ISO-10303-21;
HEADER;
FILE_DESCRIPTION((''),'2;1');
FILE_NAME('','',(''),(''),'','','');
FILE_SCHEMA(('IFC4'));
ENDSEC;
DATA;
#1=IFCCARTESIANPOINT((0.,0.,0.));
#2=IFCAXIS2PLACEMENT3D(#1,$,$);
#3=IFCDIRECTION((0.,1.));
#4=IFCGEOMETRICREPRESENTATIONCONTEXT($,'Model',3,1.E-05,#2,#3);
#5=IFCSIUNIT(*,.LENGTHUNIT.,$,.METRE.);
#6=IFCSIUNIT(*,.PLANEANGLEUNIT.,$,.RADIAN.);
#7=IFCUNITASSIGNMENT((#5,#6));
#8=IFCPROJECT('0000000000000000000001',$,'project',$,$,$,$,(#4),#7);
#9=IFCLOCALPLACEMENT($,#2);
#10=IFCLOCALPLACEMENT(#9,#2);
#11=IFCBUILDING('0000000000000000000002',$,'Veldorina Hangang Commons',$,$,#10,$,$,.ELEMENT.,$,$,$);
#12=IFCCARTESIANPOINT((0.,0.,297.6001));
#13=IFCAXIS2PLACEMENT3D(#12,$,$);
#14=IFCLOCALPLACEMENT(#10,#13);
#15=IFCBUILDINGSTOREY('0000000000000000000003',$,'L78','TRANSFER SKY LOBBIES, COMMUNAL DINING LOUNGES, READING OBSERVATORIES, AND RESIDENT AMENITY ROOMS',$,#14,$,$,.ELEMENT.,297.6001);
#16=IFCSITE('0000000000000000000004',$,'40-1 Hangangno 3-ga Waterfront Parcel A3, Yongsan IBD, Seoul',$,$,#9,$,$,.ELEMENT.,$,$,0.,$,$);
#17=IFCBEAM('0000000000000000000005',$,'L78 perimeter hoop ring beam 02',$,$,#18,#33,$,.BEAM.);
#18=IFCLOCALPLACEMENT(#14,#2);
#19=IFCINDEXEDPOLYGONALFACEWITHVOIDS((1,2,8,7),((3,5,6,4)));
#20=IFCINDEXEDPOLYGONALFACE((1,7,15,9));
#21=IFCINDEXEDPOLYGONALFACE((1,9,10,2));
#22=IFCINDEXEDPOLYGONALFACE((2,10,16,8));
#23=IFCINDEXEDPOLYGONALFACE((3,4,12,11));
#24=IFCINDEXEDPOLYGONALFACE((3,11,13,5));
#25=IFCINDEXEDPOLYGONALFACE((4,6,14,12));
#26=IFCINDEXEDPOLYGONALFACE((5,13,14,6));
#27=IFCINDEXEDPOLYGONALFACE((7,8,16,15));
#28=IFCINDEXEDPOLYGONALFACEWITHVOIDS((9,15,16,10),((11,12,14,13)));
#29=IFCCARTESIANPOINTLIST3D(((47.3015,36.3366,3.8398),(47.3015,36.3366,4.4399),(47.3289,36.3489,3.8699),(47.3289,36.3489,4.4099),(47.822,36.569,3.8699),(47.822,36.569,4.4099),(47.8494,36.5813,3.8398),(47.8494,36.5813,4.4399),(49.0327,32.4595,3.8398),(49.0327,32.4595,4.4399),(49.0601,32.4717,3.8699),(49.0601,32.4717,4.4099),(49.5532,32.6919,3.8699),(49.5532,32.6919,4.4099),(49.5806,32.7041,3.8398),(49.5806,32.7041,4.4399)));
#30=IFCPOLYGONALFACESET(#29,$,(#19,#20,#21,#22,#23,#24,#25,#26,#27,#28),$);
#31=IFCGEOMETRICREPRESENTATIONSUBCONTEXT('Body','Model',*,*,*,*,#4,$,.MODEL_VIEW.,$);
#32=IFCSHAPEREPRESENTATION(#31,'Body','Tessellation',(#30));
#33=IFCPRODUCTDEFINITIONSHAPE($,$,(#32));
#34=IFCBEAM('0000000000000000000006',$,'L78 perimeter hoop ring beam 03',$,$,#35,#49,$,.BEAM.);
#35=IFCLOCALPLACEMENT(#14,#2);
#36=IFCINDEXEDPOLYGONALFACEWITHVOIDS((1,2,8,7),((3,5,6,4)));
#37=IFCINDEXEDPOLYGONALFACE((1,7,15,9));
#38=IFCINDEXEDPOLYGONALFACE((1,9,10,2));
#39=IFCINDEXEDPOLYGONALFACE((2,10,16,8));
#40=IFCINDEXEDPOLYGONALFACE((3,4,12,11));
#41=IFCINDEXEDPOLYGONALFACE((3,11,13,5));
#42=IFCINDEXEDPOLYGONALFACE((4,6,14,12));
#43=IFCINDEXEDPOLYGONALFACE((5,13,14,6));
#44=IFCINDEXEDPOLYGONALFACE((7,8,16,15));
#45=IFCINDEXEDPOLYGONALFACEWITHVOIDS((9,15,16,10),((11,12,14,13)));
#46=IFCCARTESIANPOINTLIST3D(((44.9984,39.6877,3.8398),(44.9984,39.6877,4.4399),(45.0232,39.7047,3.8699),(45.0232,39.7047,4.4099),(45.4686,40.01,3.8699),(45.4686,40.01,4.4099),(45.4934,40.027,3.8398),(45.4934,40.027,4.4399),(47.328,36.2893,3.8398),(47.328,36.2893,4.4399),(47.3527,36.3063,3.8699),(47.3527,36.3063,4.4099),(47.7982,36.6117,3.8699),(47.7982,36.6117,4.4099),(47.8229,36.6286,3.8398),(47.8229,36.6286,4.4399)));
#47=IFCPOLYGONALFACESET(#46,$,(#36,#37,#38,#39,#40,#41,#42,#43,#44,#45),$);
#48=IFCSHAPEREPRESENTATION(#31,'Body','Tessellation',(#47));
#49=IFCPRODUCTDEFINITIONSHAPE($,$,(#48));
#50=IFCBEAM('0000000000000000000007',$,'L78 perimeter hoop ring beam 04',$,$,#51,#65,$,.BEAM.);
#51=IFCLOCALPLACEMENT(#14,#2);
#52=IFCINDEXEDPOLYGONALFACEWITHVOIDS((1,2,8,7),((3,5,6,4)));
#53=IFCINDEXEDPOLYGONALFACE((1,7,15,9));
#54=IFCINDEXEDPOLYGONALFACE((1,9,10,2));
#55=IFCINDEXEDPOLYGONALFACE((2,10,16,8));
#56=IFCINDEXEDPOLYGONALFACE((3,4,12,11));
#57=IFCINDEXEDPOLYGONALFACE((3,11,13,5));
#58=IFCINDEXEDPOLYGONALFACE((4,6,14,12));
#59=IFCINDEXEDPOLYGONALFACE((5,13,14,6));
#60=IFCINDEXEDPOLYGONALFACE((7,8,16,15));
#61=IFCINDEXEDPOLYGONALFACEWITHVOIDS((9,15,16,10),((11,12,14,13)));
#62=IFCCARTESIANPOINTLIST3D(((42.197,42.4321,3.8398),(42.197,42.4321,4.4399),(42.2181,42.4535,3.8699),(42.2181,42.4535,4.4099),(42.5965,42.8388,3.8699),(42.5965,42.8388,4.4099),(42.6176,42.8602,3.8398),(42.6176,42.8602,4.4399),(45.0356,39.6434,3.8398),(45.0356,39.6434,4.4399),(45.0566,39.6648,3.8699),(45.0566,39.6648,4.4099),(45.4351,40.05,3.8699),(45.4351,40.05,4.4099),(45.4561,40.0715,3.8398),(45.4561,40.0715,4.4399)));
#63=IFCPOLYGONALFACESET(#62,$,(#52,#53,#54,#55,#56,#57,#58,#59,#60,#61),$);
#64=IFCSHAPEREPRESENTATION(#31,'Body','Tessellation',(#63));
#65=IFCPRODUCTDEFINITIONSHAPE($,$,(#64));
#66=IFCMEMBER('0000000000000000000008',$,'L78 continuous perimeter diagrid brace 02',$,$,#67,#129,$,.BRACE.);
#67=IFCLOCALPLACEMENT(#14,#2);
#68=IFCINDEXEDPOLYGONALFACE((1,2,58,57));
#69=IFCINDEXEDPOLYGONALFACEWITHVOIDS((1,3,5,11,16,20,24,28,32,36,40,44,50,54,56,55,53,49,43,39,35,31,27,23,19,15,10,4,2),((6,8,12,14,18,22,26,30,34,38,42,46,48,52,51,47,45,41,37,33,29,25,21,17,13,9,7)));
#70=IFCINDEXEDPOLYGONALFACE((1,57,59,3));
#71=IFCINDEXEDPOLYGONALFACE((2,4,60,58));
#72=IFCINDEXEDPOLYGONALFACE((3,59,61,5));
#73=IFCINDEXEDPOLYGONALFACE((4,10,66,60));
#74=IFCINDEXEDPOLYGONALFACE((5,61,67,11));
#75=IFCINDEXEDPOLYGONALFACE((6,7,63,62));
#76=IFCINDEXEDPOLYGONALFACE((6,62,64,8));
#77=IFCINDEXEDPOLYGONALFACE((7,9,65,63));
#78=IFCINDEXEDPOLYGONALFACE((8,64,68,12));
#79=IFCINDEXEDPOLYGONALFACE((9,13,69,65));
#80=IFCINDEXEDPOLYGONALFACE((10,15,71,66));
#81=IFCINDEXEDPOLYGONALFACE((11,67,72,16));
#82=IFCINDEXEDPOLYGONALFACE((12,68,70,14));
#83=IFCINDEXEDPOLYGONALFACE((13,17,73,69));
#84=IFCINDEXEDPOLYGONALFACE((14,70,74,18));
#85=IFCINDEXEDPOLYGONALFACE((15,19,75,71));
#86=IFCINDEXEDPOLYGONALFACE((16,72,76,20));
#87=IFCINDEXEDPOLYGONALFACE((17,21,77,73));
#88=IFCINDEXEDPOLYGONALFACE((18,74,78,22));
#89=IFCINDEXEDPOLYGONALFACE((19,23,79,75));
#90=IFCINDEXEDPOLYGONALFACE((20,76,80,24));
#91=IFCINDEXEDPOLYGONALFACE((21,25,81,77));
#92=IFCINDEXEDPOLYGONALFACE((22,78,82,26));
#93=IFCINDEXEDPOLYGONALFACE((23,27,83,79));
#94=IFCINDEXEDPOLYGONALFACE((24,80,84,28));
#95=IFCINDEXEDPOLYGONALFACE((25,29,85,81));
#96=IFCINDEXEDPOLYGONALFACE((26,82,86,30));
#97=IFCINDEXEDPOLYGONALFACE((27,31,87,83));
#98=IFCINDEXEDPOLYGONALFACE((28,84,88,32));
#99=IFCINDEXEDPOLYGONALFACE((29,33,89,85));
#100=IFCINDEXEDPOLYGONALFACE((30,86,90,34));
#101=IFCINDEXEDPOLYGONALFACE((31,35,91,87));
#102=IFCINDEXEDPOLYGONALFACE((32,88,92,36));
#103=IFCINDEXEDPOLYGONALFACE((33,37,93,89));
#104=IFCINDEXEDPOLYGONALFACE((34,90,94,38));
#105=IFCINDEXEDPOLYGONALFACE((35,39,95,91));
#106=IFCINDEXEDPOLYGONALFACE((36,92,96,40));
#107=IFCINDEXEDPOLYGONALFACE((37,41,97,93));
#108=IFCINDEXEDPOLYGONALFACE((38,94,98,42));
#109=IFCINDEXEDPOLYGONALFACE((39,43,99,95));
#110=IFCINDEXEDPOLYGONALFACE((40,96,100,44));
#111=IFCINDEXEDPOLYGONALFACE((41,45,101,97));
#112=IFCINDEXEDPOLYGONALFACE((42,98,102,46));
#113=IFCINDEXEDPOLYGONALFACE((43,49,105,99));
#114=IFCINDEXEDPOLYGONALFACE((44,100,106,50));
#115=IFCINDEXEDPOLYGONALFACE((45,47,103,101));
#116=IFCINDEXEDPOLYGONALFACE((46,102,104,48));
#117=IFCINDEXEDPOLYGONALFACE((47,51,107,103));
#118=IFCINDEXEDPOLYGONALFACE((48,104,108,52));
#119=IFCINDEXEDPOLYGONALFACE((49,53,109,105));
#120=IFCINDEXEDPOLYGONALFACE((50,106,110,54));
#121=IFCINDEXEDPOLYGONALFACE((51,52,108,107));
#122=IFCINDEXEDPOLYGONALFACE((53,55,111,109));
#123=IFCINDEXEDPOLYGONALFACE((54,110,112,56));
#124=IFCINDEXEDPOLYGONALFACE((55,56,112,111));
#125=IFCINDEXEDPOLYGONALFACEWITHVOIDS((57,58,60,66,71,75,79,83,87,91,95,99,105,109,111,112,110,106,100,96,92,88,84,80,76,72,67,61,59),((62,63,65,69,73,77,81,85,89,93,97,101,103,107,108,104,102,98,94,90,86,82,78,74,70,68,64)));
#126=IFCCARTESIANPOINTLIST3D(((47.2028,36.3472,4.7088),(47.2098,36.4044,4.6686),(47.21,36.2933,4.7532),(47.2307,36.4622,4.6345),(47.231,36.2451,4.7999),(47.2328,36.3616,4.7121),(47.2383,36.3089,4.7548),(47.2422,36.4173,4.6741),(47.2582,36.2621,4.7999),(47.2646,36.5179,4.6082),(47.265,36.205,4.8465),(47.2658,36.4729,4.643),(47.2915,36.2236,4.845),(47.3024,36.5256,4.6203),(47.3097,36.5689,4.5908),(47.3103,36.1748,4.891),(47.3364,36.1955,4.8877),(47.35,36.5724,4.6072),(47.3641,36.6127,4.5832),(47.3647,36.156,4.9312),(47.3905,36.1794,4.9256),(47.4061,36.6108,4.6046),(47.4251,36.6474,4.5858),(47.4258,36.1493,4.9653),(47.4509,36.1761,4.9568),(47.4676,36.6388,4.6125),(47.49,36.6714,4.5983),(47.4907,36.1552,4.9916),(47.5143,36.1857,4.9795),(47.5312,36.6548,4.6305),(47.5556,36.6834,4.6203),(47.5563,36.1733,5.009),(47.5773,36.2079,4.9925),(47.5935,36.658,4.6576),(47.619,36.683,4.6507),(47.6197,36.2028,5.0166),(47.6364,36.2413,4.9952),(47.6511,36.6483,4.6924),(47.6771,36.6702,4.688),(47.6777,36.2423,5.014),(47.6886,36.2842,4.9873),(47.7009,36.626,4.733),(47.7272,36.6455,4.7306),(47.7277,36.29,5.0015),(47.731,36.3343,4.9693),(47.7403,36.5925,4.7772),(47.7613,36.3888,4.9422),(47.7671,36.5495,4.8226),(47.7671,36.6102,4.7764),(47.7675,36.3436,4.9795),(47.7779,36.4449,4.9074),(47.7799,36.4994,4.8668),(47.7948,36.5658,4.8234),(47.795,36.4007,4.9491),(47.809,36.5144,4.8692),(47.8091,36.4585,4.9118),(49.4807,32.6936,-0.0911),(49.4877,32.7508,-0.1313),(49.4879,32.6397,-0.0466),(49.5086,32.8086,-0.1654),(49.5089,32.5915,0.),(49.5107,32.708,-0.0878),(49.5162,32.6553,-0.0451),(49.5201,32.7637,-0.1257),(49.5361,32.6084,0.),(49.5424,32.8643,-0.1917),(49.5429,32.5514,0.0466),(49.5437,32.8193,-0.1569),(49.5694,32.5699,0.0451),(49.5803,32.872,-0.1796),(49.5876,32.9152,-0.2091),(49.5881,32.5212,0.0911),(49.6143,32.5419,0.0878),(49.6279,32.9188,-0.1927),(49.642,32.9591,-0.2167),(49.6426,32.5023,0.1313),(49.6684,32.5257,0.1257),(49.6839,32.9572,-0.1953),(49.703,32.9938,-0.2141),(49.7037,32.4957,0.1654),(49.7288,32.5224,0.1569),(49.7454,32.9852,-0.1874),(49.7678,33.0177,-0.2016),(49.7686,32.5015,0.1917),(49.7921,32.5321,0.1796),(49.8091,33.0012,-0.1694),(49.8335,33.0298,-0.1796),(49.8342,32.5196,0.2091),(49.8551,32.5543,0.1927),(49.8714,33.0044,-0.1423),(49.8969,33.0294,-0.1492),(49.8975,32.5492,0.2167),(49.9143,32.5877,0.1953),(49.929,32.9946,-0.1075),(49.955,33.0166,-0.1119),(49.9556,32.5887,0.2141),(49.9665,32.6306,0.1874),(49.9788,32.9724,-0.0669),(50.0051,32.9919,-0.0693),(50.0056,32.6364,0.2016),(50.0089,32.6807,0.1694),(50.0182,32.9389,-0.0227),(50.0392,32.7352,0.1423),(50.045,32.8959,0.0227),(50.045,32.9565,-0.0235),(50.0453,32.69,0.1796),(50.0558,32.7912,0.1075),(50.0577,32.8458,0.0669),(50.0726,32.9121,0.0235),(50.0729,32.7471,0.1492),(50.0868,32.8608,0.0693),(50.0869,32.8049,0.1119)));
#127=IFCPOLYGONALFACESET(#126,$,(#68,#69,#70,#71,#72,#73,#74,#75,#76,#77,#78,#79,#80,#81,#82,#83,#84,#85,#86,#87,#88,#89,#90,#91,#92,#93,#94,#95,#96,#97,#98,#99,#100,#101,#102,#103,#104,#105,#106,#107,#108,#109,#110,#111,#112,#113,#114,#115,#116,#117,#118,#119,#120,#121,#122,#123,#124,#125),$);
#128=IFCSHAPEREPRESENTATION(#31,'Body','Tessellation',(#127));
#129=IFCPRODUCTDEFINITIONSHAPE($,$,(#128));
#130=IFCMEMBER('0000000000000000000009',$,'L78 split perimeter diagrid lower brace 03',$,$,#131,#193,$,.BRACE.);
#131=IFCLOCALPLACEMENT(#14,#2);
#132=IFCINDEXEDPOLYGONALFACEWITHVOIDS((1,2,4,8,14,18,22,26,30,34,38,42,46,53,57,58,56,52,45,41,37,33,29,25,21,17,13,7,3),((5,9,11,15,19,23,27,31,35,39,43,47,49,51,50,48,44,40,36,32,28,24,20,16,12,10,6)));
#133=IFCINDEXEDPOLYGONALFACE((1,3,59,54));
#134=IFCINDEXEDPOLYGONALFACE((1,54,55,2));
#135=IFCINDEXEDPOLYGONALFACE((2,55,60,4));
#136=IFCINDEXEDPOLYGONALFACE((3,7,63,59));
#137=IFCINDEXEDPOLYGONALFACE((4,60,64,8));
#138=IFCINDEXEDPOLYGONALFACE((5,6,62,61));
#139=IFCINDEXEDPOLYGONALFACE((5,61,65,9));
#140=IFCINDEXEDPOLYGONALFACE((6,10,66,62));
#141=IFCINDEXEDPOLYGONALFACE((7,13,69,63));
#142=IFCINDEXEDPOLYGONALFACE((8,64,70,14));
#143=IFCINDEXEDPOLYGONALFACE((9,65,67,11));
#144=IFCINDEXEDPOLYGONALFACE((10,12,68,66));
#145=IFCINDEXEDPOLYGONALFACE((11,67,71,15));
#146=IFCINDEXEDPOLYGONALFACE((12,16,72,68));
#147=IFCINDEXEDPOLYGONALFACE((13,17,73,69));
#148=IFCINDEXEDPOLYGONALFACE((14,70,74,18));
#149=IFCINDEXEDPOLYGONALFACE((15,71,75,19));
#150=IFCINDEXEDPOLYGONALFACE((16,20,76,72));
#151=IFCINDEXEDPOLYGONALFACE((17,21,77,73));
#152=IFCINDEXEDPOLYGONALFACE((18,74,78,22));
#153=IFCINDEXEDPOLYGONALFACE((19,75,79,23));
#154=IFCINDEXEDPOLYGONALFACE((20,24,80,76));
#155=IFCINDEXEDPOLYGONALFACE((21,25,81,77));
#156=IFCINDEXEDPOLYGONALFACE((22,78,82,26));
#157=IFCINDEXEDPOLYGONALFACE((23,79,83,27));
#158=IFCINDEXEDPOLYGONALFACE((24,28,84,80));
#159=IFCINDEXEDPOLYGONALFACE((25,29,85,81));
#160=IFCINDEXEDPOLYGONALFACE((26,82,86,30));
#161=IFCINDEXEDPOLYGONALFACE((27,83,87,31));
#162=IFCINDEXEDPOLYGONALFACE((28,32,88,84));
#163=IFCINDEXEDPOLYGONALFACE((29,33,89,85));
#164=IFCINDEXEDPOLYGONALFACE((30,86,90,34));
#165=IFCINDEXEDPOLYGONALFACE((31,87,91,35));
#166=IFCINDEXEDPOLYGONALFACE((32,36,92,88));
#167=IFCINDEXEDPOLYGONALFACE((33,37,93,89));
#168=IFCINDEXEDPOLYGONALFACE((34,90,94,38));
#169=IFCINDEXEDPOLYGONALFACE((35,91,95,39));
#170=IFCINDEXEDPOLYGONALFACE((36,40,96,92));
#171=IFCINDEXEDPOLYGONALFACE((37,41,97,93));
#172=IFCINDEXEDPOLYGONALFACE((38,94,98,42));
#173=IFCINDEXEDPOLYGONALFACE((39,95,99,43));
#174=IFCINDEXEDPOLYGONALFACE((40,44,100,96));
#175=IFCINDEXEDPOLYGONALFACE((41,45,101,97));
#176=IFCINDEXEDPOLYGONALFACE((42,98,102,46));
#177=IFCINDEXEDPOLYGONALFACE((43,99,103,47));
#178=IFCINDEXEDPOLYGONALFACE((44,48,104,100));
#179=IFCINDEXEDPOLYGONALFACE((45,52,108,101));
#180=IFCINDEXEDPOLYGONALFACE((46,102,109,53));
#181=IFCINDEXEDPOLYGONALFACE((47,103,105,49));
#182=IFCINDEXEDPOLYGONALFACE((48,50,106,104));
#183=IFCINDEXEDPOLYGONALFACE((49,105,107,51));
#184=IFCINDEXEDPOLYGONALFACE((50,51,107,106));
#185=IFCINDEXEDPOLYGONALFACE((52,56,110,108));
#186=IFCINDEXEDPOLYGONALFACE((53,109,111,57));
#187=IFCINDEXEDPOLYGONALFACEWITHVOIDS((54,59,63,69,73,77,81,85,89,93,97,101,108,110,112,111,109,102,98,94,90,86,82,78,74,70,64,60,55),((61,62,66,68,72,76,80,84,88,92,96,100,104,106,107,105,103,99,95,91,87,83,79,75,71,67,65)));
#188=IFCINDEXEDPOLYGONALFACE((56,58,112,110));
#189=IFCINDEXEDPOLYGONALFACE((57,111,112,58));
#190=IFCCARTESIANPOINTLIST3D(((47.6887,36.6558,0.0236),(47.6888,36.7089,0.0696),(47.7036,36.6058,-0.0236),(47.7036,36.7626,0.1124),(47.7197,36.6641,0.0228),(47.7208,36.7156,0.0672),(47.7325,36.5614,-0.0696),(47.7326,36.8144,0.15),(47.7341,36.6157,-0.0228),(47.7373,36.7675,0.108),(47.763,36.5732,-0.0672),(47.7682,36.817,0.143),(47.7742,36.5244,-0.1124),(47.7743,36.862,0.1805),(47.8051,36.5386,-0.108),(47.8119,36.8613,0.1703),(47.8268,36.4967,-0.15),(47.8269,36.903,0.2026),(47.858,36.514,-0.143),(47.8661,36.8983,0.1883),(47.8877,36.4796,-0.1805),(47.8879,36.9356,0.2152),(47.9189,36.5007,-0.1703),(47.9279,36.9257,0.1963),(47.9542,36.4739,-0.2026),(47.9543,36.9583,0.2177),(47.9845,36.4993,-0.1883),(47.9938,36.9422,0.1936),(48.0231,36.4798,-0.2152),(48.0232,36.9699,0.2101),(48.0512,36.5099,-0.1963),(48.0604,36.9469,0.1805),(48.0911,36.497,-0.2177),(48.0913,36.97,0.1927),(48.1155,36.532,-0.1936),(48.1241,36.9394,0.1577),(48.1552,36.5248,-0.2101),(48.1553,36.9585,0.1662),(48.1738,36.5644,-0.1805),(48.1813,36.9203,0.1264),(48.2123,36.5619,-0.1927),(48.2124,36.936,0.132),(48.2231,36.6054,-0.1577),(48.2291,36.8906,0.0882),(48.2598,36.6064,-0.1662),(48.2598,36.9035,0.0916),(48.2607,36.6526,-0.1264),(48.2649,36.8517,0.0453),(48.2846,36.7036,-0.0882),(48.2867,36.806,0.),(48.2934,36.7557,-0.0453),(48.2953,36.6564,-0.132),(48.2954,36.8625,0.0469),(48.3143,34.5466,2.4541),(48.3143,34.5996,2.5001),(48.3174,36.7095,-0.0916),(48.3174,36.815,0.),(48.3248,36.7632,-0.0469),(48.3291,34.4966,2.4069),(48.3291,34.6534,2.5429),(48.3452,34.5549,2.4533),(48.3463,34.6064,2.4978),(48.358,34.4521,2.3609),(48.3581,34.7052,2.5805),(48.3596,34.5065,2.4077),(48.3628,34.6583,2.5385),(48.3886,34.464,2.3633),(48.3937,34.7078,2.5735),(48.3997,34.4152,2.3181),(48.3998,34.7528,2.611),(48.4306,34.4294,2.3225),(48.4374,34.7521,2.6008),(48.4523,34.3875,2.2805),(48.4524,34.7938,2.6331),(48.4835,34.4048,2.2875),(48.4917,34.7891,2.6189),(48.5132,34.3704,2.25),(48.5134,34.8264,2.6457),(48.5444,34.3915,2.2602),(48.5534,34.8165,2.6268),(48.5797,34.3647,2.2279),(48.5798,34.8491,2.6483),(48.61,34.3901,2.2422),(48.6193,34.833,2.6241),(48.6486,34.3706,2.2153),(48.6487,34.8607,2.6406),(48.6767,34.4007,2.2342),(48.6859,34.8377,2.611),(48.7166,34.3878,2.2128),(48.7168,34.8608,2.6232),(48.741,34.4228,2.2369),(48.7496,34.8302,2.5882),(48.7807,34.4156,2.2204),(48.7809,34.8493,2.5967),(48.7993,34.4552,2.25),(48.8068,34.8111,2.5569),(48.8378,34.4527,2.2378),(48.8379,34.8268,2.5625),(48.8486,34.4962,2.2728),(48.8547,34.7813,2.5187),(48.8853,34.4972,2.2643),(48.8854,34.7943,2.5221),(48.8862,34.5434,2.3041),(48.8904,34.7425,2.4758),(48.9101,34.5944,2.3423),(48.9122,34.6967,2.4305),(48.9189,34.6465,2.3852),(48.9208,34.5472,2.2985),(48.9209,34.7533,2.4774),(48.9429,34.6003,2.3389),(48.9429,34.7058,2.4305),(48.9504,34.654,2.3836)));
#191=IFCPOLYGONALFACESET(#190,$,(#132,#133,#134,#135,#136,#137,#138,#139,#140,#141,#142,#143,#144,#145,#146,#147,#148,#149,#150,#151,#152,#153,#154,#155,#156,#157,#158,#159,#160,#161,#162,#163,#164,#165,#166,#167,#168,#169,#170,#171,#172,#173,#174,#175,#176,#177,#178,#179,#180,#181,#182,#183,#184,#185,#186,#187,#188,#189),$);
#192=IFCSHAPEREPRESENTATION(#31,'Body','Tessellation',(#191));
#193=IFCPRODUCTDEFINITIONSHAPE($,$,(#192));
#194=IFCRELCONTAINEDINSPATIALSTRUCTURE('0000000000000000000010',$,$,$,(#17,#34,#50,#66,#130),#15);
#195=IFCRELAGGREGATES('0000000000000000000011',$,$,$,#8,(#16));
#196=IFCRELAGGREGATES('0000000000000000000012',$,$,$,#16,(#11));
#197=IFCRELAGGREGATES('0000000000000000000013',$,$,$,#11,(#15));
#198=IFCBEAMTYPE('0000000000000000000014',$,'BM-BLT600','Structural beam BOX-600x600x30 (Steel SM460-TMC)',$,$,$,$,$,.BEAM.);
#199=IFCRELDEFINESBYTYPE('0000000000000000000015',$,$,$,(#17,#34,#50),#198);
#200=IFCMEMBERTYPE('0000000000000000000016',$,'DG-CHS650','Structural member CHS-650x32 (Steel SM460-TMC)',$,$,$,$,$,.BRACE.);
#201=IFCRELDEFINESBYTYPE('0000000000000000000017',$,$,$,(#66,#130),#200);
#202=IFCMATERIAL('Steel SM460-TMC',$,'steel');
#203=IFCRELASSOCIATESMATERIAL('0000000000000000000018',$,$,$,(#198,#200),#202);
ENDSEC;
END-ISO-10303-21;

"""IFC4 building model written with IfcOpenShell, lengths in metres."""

from ifc_helpers import new_model, si_unit, direction, frame, origin, origin_2d, place, context, subcontext, project, spatial, hollow_rectangle, hollow_circle, extrude, material, material_profile, profile_set, type_object, element, save


model = new_model("IFC4")

# Units and contexts
model_context = context("Model", 3, precision=1e-05, world=origin(), true_north=direction((0.0, 1.0)))
body_context = subcontext(model_context, "Body", "Model", "MODEL_VIEW")
ifc_project = project(units=[si_unit("LENGTHUNIT", "METRE"), si_unit("PLANEANGLEUNIT", "RADIAN")], contexts=[model_context])

# Site, building, storey
site_placement = place(None, origin())
site = spatial("IfcSite", under=ifc_project, at=site_placement, Name="40-1 Hangangno 3-ga Waterfront Parcel A3, Yongsan IBD, Seoul", CompositionType="ELEMENT", RefElevation=0.0)
building_placement = place(site_placement, origin())
building = spatial("IfcBuilding", under=site, at=building_placement, Name="Veldorina Hangang Commons", CompositionType="ELEMENT")
storey_placement = place(building_placement, frame((0.0, 0.0, 297.6001)))
storey = spatial("IfcBuildingStorey", under=building, at=storey_placement, Name="L78", Description="TRANSFER SKY LOBBIES, COMMUNAL DINING LOUNGES, READING OBSERVATORIES, AND RESIDENT AMENITY ROOMS", CompositionType="ELEMENT", Elevation=297.6001)

# Beams
ifc_material_1 = material(Name="Steel SM460-TMC", Category="steel")
ifc_material_profile_1 = material_profile(ifc_material_1, hollow_rectangle(XDim=0.6001, YDim=0.6001, WallThickness=0.03, at=origin_2d()), Name="BOX-600x600x30")
ifc_profile_set_1 = profile_set([ifc_material_profile_1], Name="Steel SM460-TMC")
beam_type = type_object("IfcBeamType", Name="BM-BLT600", Description="Structural beam BOX-600x600x30 (Steel SM460-TMC)", PredefinedType="BEAM", material=ifc_profile_set_1)
beam_1_placement = place(storey_placement, frame((49.3066, 32.5818, 4.1399), z_axis=(-0.407712, 0.913111, 0.0), x_axis=(-0.913111, -0.407712, 0.0)))
element("IfcBeam", 1, at=beam_1_placement, inside=storey, type_object=beam_type, Name="L78 perimeter hoop ring beam 02", PredefinedType="BEAM", context=body_context, shape_type="SweptSolid", body=[
    extrude(hollow_rectangle(XDim=0.6001, YDim=0.6001, WallThickness=0.03, at=origin_2d()), origin(), (0.0, 0.0, 1.0), 4.2461),
])
beam_2_placement = place(storey_placement, frame((47.5754, 36.459, 4.1399), z_axis=(-0.565402, 0.824816, 0.0), x_axis=(-0.824816, -0.565402, 0.0)))
element("IfcBeam", 2, at=beam_2_placement, inside=storey, type_object=beam_type, Name="L78 perimeter hoop ring beam 03", PredefinedType="BEAM", context=body_context, shape_type="SweptSolid", body=[
    extrude(hollow_rectangle(XDim=0.6001, YDim=0.6001, WallThickness=0.03, at=origin_2d()), origin(), (0.0, 0.0, 1.0), 4.1201),
])
beam_3_placement = place(storey_placement, frame((45.2458, 39.8574, 4.1399), z_axis=(-0.713337, 0.700821, 0.0), x_axis=(-0.700821, -0.713337, 0.0)))
element("IfcBeam", 3, at=beam_3_placement, inside=storey, type_object=beam_type, Name="L78 perimeter hoop ring beam 04", PredefinedType="BEAM", context=body_context, shape_type="SweptSolid", body=[
    extrude(hollow_rectangle(XDim=0.6001, YDim=0.6001, WallThickness=0.03, at=origin_2d()), origin(), (0.0, 0.0, 1.0), 3.9792),
])

# Members
ifc_material_profile_2 = material_profile(ifc_material_1, hollow_circle(Radius=0.325, WallThickness=0.032, at=origin_2d()), Name="CHS-650x32")
ifc_profile_set_2 = profile_set([ifc_material_profile_2], Name="Steel SM460-TMC")
member_type_1 = type_object("IfcMemberType", Name="DG-CHS650", Description="Structural member CHS-650x32 (Steel SM460-TMC)", PredefinedType="BRACE", material=ifc_profile_set_2)
member_1_placement = place(storey_placement, frame((49.7847, 32.7634, 0.0), z_axis=(-0.353268, 0.56663, 0.7444), x_axis=(-0.848587, -0.529056, 0.0)))
element("IfcMember", 4, at=member_1_placement, inside=storey, type_object=member_type_1, Name="L78 continuous perimeter diagrid brace 02", PredefinedType="BRACE", context=body_context, shape_type="SweptSolid", body=[
    extrude(hollow_circle(Radius=0.325, WallThickness=0.032, at=origin_2d()), origin(), (0.0, 0.0, 1.0), 6.448),
])
member_2_placement = place(storey_placement, frame((48.0059, 36.7227, 0.0), z_axis=(0.190802, -0.64338, 0.741388), x_axis=(0.958729, 0.284323, 0.0)))
element("IfcMember", 5, at=member_2_placement, inside=storey, type_object=member_type_1, Name="L78 split perimeter diagrid lower brace 03", PredefinedType="BRACE", context=body_context, shape_type="SweptSolid", body=[
    extrude(hollow_circle(Radius=0.325, WallThickness=0.032, at=origin_2d()), origin(), (0.0, 0.0, 1.0), 3.2783),
])

save(model, "model.ifc")
